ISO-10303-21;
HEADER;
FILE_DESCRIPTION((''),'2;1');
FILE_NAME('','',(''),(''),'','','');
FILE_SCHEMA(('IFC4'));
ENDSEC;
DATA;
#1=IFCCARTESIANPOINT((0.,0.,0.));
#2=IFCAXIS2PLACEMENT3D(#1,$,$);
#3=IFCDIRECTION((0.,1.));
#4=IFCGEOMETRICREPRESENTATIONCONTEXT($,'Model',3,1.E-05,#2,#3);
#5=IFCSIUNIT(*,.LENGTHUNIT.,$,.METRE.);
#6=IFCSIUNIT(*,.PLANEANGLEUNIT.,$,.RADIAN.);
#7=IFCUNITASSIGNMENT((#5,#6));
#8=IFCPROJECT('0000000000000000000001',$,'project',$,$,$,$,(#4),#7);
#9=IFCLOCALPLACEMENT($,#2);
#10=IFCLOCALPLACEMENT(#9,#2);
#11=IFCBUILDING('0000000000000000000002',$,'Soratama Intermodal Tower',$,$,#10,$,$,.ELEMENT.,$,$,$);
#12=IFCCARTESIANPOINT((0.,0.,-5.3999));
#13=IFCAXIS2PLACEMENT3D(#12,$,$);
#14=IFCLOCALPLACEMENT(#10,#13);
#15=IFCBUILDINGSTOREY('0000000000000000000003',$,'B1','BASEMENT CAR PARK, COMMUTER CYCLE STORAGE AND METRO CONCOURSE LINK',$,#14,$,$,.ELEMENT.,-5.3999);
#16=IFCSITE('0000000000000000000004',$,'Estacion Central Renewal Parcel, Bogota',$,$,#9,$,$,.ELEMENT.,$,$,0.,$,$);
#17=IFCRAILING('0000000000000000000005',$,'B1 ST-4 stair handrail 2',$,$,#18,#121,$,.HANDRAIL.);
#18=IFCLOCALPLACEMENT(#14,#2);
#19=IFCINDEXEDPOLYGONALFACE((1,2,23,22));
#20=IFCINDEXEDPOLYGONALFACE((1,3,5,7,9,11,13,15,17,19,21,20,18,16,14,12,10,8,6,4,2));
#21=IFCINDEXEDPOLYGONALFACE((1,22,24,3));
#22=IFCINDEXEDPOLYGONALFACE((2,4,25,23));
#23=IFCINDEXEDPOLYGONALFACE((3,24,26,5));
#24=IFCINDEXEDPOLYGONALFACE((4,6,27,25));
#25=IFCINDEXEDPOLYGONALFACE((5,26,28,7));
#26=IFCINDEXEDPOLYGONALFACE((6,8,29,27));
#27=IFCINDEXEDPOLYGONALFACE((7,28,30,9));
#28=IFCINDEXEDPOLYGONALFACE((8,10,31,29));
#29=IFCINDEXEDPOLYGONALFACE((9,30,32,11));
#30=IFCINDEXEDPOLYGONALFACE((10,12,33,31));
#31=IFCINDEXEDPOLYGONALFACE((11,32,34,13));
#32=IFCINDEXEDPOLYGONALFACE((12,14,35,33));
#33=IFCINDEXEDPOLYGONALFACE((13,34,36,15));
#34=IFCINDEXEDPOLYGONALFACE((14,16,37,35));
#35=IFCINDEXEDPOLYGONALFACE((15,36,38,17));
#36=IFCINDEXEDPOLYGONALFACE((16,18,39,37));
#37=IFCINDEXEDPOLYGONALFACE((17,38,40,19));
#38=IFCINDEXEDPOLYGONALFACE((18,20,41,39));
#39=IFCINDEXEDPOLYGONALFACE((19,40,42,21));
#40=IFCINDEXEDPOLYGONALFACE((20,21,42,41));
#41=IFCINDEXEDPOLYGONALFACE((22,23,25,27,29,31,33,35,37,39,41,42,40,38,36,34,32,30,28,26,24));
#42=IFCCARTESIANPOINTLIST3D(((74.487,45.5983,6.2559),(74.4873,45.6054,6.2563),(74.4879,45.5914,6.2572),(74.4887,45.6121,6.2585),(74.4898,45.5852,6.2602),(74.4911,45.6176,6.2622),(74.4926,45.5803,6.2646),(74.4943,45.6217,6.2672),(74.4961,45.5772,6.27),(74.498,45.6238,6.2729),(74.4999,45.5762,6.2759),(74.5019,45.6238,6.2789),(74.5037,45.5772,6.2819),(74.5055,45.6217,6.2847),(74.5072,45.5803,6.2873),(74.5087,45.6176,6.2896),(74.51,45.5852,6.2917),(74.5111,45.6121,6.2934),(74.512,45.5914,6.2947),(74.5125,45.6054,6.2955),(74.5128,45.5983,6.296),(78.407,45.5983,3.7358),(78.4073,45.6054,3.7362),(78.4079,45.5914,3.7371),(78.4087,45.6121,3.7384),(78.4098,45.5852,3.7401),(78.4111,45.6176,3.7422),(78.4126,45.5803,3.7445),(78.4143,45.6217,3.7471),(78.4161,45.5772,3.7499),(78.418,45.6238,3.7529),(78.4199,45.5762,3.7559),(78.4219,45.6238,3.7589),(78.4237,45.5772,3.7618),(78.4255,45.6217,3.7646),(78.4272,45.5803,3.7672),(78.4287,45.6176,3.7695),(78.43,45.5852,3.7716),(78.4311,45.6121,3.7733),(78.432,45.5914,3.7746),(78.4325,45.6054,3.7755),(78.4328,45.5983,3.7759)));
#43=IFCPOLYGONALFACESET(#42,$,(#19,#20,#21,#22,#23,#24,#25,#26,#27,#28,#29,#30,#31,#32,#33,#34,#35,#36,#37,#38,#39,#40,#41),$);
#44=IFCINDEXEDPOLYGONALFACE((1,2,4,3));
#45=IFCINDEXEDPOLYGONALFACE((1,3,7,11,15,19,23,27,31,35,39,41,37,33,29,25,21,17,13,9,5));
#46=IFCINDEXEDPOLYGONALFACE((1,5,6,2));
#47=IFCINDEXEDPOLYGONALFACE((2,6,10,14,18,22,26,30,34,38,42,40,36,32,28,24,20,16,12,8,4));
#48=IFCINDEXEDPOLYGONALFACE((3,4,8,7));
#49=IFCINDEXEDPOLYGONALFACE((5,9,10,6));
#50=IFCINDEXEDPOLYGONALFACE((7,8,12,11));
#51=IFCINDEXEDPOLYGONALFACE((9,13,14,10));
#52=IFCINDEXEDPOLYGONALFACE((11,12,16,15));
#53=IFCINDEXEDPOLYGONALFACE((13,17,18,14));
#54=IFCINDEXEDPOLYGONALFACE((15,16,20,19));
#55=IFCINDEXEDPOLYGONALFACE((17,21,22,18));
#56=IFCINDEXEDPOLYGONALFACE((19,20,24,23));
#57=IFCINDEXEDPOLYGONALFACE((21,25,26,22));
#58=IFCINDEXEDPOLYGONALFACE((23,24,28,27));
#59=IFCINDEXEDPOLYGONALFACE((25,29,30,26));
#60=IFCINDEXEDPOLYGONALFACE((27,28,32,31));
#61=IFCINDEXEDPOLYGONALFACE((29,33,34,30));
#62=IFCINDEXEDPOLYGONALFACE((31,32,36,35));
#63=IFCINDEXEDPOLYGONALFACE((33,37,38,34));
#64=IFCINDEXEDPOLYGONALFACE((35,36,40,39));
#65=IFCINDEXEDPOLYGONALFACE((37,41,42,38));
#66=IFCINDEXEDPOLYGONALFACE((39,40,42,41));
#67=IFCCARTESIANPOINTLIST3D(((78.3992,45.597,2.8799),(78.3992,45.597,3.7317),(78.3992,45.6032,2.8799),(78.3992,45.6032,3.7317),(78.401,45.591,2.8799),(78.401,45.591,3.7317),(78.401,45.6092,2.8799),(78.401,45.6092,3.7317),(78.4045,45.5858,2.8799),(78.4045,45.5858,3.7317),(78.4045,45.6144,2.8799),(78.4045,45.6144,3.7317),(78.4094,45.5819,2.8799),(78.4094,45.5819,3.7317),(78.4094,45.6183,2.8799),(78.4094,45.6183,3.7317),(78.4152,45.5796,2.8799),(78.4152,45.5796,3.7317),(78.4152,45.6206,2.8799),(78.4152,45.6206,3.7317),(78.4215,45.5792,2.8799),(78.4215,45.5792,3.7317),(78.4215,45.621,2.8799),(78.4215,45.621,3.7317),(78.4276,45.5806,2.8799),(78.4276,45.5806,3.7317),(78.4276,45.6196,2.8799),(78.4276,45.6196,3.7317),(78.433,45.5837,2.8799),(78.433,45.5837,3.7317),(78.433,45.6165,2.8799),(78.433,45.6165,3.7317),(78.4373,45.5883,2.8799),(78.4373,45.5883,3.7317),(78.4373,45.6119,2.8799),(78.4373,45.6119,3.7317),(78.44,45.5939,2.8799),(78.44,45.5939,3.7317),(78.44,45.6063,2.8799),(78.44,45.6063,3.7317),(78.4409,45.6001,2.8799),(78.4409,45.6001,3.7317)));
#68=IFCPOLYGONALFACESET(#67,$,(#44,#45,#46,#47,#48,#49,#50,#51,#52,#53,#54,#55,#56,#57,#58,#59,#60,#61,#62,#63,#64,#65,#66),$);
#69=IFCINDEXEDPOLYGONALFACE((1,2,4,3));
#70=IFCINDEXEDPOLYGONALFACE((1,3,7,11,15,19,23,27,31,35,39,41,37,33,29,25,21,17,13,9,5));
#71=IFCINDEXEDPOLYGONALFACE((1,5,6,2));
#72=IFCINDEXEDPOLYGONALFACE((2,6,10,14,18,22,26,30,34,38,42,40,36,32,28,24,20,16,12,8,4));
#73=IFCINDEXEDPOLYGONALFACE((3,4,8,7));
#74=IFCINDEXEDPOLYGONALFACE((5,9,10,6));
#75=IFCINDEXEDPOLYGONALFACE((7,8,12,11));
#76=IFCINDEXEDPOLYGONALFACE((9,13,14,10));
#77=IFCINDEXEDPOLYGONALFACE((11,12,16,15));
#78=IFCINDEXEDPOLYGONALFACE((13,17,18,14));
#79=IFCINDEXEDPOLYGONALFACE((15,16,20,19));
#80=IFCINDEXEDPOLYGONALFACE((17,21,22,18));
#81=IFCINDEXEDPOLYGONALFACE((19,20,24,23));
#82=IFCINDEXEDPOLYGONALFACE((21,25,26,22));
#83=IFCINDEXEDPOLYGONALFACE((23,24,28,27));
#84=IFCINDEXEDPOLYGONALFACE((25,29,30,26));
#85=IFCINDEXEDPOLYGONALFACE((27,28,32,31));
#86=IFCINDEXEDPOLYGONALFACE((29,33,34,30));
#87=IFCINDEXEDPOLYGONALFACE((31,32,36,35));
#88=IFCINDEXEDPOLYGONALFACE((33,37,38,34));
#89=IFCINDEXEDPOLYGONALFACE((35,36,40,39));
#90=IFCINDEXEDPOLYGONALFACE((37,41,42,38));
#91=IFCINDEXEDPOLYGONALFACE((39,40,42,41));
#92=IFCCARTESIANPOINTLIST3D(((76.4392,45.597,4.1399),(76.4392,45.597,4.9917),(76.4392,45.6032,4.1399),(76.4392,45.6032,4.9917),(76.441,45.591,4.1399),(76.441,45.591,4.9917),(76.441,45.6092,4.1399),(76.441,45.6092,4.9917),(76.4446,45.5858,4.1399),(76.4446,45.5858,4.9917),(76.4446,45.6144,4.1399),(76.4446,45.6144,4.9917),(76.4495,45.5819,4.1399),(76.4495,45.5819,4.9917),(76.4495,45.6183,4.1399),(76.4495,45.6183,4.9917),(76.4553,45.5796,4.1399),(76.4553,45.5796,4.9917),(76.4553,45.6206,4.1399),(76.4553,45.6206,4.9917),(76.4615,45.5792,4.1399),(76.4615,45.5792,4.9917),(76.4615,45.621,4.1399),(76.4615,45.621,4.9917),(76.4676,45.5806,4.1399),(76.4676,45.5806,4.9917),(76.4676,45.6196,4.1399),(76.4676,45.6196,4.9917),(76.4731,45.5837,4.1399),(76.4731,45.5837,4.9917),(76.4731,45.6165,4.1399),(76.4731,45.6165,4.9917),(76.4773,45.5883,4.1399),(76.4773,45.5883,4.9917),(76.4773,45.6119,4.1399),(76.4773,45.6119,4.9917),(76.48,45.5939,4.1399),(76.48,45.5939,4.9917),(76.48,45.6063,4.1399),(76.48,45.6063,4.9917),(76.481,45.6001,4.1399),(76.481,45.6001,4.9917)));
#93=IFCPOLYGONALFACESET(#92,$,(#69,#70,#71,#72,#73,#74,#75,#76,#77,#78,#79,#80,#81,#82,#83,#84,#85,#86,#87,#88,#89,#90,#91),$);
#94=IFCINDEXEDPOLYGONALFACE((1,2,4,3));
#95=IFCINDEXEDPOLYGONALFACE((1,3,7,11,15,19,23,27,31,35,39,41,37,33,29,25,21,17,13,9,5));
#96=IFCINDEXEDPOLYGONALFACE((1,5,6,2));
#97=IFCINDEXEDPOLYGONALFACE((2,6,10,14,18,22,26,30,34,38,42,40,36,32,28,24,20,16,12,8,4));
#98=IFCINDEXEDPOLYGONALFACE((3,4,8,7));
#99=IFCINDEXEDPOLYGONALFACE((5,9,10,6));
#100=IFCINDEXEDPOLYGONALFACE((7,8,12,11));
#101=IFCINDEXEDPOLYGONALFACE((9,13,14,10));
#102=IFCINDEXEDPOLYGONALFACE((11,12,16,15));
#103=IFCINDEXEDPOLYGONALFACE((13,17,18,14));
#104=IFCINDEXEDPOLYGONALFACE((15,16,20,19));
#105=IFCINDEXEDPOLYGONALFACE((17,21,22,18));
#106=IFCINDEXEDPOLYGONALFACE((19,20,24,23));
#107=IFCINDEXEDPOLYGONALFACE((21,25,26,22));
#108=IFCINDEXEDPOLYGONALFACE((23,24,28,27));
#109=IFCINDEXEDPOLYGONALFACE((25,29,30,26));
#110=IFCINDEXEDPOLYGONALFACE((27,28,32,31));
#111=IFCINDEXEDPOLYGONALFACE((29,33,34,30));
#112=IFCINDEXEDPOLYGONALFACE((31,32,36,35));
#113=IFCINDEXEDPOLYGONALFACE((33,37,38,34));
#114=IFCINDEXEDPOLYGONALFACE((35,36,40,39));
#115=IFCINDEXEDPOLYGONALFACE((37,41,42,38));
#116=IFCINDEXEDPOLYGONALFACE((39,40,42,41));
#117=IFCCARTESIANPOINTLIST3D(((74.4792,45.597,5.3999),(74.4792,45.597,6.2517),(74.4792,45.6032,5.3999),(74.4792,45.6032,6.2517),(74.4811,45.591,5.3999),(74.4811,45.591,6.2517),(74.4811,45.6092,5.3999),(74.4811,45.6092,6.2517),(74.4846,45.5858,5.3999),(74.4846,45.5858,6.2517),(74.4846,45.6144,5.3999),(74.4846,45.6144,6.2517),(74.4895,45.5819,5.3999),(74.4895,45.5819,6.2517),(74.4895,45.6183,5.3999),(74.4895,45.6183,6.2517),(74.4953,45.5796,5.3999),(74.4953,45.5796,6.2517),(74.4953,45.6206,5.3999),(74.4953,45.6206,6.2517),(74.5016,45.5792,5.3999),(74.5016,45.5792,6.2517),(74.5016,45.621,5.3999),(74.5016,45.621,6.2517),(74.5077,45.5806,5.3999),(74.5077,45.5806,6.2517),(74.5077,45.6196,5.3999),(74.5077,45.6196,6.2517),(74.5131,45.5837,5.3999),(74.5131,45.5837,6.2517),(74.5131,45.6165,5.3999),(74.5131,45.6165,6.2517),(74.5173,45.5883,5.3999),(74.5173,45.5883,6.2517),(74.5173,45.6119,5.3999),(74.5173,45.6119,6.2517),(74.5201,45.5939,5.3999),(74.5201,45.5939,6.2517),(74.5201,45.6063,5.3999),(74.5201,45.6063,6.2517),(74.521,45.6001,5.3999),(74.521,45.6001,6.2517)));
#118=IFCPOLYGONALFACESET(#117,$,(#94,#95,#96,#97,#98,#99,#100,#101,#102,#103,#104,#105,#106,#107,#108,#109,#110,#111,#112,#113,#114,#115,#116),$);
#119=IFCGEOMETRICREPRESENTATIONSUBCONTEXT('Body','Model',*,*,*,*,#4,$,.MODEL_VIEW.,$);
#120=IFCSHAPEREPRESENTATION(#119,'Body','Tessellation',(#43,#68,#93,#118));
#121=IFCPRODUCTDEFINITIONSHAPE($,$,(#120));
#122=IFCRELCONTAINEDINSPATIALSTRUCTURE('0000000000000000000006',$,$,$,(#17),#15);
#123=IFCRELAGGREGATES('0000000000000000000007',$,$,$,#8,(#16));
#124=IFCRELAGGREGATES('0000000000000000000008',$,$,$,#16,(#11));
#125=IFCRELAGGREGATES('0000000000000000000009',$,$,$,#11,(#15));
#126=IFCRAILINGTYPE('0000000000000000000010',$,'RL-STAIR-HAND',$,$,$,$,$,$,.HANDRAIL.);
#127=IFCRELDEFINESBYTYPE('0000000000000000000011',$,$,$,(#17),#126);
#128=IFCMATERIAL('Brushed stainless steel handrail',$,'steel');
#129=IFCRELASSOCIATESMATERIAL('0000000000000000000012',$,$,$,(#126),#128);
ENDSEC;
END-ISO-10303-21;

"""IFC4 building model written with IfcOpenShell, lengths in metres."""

from ifc_helpers import new_model, si_unit, direction, frame, origin, origin_2d, place, context, subcontext, project, spatial, circle, extrude, material, type_object, element, save


model = new_model("IFC4")

# Units and contexts
model_context = context("Model", 3, precision=1e-05, world=origin(), true_north=direction((0.0, 1.0)))
body_context = subcontext(model_context, "Body", "Model", "MODEL_VIEW")
ifc_project = project(units=[si_unit("LENGTHUNIT", "METRE"), si_unit("PLANEANGLEUNIT", "RADIAN")], contexts=[model_context])

# Site, building, storey
site_placement = place(None, origin())
site = spatial("IfcSite", under=ifc_project, at=site_placement, Name="Estacion Central Renewal Parcel, Bogota", CompositionType="ELEMENT", RefElevation=0.0)
building_placement = place(site_placement, origin())
building = spatial("IfcBuilding", under=site, at=building_placement, Name="Soratama Intermodal Tower", CompositionType="ELEMENT")
storey_placement = place(building_placement, frame((0.0, 0.0, -5.3999)))
storey = spatial("IfcBuildingStorey", under=building, at=storey_placement, Name="B1", Description="BASEMENT CAR PARK, COMMUTER CYCLE STORAGE AND METRO CONCOURSE LINK", CompositionType="ELEMENT", Elevation=-5.3999)

# Railing
ifc_material_1 = material(Name="Brushed stainless steel handrail", Category="steel")
railing_type_1 = type_object("IfcRailingType", Name="RL-STAIR-HAND", PredefinedType="HANDRAIL", material=ifc_material_1)
railing_1_placement = place(storey_placement, frame((78.4199, 45.6001, 2.8799)))
element("IfcRailing", 1, at=railing_1_placement, inside=storey, type_object=railing_type_1, Name="B1 ST-4 stair handrail 2", PredefinedType="HANDRAIL", context=body_context, shape_type="SweptSolid", body=[
    extrude(circle(Radius=0.0239, at=origin_2d()), frame((0.0, 0.0, 0.876), z_axis=(-0.841172, 0.0, 0.540768), x_axis=(0.0, -1.0, 0.0)), (0.0, 0.0, 1.0), 4.6602),
    extrude(circle(Radius=0.021, at=origin_2d()), origin(), (0.0, 0.0, 1.0), 0.8518),
    extrude(circle(Radius=0.021, at=origin_2d()), frame((-1.96, 0.0, 1.26)), (0.0, 0.0, 1.0), 0.8518),
    extrude(circle(Radius=0.021, at=origin_2d()), frame((-3.9199, 0.0, 2.52)), (0.0, 0.0, 1.0), 0.8518),
])

save(model, "model.ifc")
